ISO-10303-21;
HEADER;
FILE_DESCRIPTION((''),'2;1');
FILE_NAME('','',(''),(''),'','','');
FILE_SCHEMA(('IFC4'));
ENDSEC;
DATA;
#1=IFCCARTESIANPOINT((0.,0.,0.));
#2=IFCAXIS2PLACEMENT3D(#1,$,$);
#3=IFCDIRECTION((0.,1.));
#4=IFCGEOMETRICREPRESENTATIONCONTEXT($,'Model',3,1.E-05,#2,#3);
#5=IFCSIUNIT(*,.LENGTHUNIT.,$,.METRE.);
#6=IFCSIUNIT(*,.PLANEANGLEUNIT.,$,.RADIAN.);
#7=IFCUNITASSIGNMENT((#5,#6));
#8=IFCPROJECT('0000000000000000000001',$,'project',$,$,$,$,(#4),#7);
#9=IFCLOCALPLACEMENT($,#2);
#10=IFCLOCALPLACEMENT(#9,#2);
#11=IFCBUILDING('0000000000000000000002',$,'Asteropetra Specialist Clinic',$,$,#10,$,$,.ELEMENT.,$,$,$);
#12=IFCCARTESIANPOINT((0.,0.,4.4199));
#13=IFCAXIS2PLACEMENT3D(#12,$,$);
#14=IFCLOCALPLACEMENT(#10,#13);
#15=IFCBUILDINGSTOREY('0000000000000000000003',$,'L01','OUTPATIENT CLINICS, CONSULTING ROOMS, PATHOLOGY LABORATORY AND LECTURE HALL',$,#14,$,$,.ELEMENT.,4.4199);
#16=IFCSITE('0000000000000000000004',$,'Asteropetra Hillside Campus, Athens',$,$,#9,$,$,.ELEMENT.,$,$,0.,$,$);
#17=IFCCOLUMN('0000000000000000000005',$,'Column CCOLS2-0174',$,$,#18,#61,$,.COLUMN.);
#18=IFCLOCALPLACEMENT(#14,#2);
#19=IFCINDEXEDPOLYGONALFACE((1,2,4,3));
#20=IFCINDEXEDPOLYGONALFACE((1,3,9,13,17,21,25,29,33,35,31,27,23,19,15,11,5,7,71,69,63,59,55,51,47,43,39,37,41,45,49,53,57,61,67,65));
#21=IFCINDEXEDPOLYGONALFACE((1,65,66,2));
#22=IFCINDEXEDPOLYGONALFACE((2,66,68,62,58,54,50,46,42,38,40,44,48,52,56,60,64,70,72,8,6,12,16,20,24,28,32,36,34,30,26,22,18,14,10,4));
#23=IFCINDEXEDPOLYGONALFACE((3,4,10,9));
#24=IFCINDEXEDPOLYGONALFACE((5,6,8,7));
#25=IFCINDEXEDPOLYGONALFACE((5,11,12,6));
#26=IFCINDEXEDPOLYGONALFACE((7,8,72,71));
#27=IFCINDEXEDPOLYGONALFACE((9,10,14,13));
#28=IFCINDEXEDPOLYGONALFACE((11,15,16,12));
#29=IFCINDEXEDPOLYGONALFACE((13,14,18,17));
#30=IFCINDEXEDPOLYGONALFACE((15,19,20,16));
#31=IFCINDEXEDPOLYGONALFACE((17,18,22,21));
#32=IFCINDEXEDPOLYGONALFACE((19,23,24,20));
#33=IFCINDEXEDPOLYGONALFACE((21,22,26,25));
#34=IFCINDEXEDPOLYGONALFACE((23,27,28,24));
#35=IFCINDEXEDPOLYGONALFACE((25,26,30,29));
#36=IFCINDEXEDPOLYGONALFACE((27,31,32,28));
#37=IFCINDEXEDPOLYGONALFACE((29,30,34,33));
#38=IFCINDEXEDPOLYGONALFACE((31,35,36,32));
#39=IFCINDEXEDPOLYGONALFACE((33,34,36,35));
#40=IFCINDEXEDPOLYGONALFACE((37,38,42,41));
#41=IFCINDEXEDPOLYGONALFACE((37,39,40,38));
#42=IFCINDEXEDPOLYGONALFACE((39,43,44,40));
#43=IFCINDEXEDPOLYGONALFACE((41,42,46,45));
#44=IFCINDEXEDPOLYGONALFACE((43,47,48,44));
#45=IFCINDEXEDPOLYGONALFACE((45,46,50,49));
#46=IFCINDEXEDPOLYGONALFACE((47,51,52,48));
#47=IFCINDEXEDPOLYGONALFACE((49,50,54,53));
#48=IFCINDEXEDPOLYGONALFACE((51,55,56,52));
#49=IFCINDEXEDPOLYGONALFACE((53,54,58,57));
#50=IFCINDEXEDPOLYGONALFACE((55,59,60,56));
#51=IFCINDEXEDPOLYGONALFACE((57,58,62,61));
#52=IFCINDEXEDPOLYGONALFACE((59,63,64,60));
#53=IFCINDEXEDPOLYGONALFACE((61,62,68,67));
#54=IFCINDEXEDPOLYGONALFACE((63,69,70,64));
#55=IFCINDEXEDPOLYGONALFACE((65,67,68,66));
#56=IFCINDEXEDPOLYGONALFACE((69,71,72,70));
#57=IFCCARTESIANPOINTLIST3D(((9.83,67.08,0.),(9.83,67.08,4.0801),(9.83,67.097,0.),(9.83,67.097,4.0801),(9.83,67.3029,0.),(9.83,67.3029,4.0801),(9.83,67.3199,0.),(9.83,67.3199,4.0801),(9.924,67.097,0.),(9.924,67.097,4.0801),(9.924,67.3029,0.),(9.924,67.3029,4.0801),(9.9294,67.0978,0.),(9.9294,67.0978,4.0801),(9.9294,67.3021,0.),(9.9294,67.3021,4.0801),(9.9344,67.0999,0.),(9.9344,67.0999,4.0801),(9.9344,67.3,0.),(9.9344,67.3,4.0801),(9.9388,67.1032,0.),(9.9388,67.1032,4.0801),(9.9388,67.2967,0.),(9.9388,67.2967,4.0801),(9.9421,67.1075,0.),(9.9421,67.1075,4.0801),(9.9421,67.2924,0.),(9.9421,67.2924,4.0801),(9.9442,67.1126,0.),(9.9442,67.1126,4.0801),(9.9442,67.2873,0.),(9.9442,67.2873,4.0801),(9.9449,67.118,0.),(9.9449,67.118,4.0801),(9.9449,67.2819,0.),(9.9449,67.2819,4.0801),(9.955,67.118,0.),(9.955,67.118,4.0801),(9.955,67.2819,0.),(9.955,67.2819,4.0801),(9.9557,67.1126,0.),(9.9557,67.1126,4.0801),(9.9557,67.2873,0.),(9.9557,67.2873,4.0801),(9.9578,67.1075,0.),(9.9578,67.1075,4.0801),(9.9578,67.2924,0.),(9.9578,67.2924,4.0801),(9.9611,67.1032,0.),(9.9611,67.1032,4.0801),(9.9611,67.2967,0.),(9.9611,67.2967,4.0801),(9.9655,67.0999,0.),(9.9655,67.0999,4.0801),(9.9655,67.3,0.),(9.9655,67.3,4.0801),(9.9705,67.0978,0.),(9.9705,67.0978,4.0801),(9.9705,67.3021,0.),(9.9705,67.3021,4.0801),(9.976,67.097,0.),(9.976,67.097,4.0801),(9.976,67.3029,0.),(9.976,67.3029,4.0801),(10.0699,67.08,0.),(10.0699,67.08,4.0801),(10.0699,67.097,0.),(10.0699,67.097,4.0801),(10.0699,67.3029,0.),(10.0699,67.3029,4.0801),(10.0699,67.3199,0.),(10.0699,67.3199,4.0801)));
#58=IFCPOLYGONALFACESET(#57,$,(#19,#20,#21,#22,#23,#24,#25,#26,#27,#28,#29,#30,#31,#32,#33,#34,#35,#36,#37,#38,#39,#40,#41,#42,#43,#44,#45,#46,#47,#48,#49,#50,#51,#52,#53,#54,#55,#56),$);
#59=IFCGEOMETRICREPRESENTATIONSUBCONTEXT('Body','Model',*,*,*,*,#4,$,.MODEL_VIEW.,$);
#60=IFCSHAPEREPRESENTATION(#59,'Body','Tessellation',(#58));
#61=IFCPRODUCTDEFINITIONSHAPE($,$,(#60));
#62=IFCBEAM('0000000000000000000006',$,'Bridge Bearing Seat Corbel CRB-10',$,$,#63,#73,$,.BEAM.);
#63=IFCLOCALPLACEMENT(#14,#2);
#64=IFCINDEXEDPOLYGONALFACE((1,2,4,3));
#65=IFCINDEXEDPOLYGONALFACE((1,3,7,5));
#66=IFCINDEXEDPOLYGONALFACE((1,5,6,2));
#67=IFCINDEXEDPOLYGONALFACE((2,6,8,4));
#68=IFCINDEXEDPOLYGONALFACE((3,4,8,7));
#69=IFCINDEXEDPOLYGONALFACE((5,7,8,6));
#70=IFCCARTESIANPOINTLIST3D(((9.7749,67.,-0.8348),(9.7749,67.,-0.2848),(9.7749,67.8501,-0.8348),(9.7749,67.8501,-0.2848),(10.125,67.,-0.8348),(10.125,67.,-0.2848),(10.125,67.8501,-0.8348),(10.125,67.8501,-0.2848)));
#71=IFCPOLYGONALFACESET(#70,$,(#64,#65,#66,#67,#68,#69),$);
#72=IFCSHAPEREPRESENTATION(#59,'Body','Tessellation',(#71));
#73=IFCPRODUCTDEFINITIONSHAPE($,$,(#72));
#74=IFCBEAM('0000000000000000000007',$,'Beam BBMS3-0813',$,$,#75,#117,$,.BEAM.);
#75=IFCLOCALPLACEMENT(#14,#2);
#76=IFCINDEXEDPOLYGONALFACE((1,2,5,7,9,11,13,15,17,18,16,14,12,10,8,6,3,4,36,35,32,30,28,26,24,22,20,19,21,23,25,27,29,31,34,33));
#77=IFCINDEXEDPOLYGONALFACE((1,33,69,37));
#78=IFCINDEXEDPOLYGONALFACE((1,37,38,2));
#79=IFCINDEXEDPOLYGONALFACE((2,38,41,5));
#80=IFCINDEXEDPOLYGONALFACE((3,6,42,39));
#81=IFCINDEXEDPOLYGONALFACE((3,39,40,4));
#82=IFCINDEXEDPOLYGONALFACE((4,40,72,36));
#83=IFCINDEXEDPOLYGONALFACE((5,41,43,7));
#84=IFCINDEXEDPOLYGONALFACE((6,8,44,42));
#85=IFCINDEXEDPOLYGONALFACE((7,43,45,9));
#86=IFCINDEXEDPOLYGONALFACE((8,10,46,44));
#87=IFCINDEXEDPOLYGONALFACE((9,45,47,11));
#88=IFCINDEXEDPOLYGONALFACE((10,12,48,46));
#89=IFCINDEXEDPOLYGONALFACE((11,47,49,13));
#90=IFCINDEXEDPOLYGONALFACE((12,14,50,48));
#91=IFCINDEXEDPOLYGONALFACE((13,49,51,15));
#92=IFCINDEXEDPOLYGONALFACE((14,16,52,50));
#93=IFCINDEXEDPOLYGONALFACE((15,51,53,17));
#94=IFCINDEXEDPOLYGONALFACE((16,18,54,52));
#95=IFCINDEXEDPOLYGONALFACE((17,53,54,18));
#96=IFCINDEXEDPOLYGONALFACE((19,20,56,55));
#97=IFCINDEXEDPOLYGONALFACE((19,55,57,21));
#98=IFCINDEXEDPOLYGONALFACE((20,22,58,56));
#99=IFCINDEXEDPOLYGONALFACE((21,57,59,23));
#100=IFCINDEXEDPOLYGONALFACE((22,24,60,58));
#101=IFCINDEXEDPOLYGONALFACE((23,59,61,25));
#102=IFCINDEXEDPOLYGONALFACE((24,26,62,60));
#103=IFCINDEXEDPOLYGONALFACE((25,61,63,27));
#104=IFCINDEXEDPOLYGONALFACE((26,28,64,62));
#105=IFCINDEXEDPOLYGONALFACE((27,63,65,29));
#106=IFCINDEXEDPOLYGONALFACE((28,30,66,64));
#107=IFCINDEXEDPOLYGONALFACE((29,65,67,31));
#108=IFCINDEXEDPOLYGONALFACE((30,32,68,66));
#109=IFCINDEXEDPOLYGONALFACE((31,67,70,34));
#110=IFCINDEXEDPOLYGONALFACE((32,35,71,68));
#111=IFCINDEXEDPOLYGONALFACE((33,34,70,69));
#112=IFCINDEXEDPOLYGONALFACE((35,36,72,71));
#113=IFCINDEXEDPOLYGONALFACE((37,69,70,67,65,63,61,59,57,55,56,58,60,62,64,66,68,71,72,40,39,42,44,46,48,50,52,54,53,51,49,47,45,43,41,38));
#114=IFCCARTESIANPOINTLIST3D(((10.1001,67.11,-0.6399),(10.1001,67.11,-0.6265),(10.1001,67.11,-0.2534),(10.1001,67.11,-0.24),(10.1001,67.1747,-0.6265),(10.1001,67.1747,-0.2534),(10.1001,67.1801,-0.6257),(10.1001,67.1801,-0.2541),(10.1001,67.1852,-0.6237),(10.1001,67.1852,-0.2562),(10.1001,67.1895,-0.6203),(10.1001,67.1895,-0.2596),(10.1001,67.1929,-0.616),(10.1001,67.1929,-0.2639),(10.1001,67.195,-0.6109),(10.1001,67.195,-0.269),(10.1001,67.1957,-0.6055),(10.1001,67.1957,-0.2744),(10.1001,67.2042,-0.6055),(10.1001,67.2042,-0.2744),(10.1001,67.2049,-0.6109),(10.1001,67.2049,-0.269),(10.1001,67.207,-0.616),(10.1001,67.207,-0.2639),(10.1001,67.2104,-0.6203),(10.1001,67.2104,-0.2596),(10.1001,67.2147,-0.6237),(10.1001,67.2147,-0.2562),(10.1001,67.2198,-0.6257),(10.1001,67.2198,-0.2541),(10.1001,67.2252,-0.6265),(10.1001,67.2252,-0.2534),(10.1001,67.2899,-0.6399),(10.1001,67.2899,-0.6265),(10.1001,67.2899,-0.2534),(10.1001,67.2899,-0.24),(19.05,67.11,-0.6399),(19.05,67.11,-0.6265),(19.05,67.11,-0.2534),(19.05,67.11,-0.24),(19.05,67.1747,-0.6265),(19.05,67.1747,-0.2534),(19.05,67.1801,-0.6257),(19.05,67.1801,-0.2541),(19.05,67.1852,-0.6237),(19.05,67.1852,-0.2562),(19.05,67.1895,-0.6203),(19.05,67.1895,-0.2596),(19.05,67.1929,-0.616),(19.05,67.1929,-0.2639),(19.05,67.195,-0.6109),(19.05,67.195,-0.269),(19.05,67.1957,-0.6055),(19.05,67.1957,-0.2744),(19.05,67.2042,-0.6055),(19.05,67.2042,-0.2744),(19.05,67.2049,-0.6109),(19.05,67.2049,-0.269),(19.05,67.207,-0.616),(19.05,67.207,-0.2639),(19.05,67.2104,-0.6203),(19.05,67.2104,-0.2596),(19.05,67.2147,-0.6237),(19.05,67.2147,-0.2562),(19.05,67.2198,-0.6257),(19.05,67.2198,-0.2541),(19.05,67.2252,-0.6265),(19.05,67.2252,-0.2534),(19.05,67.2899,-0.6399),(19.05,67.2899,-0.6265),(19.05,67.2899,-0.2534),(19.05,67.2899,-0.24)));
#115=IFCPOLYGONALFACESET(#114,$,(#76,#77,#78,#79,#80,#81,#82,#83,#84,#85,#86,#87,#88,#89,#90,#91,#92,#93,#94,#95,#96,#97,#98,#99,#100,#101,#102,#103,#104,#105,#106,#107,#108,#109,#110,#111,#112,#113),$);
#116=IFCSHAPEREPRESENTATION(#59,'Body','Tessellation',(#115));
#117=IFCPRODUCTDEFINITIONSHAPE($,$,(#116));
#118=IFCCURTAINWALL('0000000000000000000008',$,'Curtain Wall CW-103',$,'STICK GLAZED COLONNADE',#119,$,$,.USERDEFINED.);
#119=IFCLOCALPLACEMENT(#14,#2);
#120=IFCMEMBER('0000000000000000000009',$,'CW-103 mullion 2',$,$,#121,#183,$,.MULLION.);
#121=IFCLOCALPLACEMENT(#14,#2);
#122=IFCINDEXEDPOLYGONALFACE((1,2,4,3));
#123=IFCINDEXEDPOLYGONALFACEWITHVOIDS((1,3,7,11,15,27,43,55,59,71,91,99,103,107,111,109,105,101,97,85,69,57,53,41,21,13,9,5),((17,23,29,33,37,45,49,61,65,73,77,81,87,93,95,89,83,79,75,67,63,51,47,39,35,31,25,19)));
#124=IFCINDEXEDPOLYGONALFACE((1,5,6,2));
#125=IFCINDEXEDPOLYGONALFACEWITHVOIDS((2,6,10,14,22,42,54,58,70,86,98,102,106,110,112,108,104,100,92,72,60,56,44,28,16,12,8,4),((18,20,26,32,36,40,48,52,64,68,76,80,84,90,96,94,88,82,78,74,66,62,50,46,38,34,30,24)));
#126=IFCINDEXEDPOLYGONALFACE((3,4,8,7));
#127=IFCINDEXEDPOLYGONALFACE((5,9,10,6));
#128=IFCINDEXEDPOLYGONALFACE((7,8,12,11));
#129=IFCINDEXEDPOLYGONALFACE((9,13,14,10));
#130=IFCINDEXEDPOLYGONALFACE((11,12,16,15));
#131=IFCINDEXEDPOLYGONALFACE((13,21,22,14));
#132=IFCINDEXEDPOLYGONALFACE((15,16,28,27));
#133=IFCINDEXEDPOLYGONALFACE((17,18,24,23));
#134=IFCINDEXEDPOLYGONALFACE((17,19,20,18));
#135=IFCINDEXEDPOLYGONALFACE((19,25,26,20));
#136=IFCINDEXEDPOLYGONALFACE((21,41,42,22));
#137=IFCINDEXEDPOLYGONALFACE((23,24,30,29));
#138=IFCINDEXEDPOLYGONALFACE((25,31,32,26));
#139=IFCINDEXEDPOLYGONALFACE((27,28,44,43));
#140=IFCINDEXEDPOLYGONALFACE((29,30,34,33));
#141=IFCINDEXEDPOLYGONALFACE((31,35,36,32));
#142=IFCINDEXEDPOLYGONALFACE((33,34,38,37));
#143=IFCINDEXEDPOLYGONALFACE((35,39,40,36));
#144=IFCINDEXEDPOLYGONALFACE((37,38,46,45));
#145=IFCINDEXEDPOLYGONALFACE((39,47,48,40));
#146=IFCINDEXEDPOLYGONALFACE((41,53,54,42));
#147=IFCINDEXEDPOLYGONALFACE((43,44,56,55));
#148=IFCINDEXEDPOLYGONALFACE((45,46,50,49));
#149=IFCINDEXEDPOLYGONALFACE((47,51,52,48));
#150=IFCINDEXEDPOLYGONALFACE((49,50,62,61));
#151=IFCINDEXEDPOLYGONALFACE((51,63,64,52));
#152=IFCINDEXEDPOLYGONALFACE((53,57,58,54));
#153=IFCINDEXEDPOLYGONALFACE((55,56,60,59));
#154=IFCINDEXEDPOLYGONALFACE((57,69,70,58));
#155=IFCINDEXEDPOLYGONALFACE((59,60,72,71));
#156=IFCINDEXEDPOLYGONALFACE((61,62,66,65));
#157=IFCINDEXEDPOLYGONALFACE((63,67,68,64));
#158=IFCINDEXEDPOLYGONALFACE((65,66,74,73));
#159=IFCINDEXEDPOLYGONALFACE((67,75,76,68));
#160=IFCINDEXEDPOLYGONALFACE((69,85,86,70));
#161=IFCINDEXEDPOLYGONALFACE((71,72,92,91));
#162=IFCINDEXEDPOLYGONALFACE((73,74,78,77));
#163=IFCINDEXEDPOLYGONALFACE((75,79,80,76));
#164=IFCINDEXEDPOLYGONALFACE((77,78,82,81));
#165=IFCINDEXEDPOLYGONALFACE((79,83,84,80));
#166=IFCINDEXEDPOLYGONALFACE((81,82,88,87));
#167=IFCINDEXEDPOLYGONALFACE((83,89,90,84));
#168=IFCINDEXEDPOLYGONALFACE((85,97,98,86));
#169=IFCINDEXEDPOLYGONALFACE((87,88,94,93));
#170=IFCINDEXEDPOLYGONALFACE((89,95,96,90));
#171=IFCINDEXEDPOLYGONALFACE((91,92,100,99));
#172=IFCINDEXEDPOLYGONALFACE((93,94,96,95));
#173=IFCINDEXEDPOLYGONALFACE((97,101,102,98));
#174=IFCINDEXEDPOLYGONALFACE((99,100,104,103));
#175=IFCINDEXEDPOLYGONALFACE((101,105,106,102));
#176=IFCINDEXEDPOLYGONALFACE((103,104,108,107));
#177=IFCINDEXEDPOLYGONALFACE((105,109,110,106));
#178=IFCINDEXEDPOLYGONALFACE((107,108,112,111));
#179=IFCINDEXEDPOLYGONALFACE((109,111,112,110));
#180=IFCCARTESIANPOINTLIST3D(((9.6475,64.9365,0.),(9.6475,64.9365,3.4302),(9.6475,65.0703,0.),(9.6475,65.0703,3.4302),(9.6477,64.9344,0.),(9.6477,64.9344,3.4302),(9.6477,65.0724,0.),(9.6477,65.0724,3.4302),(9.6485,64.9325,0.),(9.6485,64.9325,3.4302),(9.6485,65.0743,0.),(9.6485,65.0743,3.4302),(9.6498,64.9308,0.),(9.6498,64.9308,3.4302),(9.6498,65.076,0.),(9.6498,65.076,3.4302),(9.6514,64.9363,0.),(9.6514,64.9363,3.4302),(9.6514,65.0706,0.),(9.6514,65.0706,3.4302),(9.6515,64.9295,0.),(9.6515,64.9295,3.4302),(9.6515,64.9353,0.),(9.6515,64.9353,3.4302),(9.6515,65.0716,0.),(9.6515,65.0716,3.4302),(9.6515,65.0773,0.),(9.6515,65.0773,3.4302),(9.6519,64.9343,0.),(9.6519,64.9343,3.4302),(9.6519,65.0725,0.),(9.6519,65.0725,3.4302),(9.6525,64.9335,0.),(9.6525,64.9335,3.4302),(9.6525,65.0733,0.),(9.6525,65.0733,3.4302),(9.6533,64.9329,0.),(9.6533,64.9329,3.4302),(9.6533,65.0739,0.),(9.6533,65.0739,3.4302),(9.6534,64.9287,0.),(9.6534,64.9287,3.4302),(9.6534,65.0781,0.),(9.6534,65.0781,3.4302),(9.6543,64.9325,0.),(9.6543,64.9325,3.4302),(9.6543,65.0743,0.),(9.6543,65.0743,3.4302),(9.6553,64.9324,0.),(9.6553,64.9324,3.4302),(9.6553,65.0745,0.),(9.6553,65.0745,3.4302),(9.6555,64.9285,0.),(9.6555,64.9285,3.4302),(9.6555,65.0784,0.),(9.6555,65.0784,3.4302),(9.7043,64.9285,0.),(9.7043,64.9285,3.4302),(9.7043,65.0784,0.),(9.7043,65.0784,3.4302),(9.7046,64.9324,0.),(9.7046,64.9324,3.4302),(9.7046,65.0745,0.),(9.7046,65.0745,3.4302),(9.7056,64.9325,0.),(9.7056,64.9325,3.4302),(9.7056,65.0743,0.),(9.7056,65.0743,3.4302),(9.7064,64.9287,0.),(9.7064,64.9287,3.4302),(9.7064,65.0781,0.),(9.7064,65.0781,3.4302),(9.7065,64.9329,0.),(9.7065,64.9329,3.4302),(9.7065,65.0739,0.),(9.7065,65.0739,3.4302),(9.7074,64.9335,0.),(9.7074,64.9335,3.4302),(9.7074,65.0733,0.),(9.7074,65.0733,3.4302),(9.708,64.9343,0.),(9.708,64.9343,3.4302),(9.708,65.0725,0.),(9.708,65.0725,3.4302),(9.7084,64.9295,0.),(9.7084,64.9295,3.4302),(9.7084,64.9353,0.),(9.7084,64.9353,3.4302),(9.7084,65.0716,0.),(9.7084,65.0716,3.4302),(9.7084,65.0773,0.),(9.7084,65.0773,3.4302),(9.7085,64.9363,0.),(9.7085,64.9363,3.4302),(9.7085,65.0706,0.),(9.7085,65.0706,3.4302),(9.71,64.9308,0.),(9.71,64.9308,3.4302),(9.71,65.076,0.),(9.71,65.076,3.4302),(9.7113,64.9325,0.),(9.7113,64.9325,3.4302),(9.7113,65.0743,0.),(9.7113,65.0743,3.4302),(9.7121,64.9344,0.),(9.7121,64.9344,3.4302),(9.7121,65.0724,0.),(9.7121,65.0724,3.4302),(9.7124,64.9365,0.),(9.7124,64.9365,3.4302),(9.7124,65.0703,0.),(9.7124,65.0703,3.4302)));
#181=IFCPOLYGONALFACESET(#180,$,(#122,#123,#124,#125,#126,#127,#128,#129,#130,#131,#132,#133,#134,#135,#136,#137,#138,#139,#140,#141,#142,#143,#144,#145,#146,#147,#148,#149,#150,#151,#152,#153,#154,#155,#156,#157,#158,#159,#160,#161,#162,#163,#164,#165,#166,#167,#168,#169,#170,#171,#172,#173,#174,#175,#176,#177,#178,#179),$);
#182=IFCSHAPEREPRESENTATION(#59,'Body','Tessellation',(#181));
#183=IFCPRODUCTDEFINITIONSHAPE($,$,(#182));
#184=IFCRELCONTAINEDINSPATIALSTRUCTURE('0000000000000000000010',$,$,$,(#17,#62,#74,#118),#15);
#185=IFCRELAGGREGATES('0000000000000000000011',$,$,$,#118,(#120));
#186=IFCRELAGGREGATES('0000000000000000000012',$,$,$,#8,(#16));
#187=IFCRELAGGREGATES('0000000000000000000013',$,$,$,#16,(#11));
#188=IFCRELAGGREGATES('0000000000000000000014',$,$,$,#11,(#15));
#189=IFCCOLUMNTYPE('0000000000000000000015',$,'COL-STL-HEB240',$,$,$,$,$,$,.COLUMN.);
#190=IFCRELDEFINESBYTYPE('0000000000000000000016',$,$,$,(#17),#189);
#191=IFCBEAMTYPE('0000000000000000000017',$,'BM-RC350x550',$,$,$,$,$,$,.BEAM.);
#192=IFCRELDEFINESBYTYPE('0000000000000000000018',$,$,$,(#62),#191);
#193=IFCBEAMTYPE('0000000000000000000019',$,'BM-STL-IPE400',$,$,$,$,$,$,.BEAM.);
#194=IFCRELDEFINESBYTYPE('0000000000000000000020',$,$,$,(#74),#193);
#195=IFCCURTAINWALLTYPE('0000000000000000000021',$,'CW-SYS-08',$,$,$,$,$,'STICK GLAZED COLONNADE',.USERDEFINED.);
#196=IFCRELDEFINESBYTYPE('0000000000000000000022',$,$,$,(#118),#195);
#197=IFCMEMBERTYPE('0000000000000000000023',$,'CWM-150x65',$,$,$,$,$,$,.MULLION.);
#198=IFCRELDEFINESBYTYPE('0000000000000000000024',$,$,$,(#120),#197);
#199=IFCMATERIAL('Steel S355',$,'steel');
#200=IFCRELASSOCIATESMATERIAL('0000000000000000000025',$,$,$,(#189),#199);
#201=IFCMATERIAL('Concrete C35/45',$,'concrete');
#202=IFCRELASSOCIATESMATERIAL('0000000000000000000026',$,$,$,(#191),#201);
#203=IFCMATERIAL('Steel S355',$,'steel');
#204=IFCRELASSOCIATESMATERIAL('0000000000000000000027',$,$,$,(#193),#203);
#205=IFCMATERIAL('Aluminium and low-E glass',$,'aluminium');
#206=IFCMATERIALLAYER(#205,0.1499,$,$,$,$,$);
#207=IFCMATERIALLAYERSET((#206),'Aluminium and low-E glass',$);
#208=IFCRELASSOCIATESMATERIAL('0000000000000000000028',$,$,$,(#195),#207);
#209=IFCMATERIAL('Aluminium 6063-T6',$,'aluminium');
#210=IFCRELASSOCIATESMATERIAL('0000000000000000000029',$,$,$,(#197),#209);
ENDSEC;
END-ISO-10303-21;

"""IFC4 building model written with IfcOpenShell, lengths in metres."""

from ifc_helpers import new_model, si_unit, direction, frame, origin, origin_2d, place, context, subcontext, project, spatial, rectangle, hollow_rectangle, i_section, extrude, material, layer, layer_set, material_profile, profile_set, type_object, element, aggregate, save


model = new_model("IFC4")

# Units and contexts
model_context = context("Model", 3, precision=1e-05, world=origin(), true_north=direction((0.0, 1.0)))
body_context = subcontext(model_context, "Body", "Model", "MODEL_VIEW")
ifc_project = project(units=[si_unit("LENGTHUNIT", "METRE"), si_unit("PLANEANGLEUNIT", "RADIAN")], contexts=[model_context])

# Site, building, storey
site_placement = place(None, origin())
site = spatial("IfcSite", under=ifc_project, at=site_placement, Name="Asteropetra Hillside Campus, Athens", CompositionType="ELEMENT", RefElevation=0.0)
building_placement = place(site_placement, origin())
building = spatial("IfcBuilding", under=site, at=building_placement, Name="Asteropetra Specialist Clinic", CompositionType="ELEMENT")
storey_placement = place(building_placement, frame((0.0, 0.0, 4.4199)))
storey = spatial("IfcBuildingStorey", under=building, at=storey_placement, Name="L01", Description="OUTPATIENT CLINICS, CONSULTING ROOMS, PATHOLOGY LABORATORY AND LECTURE HALL", CompositionType="ELEMENT", Elevation=4.4199)

# Column
ifc_material_1 = material(Name="Steel S355", Category="steel")
ifc_material_profile_1 = material_profile(ifc_material_1, i_section(OverallWidth=0.24, OverallDepth=0.24, WebThickness=0.01, FlangeThickness=0.0171, FilletRadius=0.021, at=origin_2d()), Name="HEB 240")
ifc_profile_set_1 = profile_set([ifc_material_profile_1], Name="Steel S355")
column_type = type_object("IfcColumnType", Name="COL-STL-HEB240", PredefinedType="COLUMN", material=ifc_profile_set_1)
column_placement = place(storey_placement, frame((9.95, 67.2, 0.0), z_axis=(0.0, 0.0, 1.0), x_axis=(1.0, 0.0, 0.0)))
element("IfcColumn", 1, at=column_placement, inside=storey, type_object=column_type, Name="Column CCOLS2-0174", PredefinedType="COLUMN", context=body_context, shape_type="SweptSolid", body=[
    extrude(i_section(OverallWidth=0.24, OverallDepth=0.24, WebThickness=0.01, FlangeThickness=0.0171, FilletRadius=0.021, at=origin_2d()), origin(), (0.0, 0.0, 1.0), 4.0801),
])

# Beams
ifc_material_2 = material(Name="Concrete C35/45", Category="concrete")
ifc_material_profile_2 = material_profile(ifc_material_2, rectangle(XDim=0.3501, YDim=0.55, at=origin_2d()), Name="RCB 350x550")
ifc_profile_set_2 = profile_set([ifc_material_profile_2], Name="Concrete C35/45")
beam_type_1 = type_object("IfcBeamType", Name="BM-RC350x550", PredefinedType="BEAM", material=ifc_profile_set_2)
beam_1_placement = place(storey_placement, frame((9.95, 67.0, -0.5598), z_axis=(0.0, 1.0, 0.0), x_axis=(-1.0, 0.0, 0.0)))
element("IfcBeam", 2, at=beam_1_placement, inside=storey, type_object=beam_type_1, Name="Bridge Bearing Seat Corbel CRB-10", PredefinedType="BEAM", context=body_context, shape_type="SweptSolid", body=[
    extrude(rectangle(XDim=0.3501, YDim=0.55, at=origin_2d()), origin(), (0.0, 0.0, 1.0), 0.8501),
])
ifc_material_3 = material(Name="Steel S355", Category="steel")
ifc_material_profile_3 = material_profile(ifc_material_3, i_section(OverallWidth=0.1799, OverallDepth=0.3999, WebThickness=0.0085, FlangeThickness=0.0134, FilletRadius=0.021, at=origin_2d()), Name="IPE 400")
ifc_profile_set_3 = profile_set([ifc_material_profile_3], Name="Steel S355")
beam_type_2 = type_object("IfcBeamType", Name="BM-STL-IPE400", PredefinedType="BEAM", material=ifc_profile_set_3)
beam_2_placement = place(storey_placement, frame((10.1001, 67.2, -0.4399), z_axis=(1.0, 0.0, 0.0), x_axis=(0.0, 1.0, 0.0)))
element("IfcBeam", 3, at=beam_2_placement, inside=storey, type_object=beam_type_2, Name="Beam BBMS3-0813", PredefinedType="BEAM", context=body_context, shape_type="SweptSolid", body=[
    extrude(i_section(OverallWidth=0.1799, OverallDepth=0.3999, WebThickness=0.0085, FlangeThickness=0.0134, FilletRadius=0.021, at=origin_2d()), origin(), (0.0, 0.0, 1.0), 8.95),
])

# Curtain wall, member
ifc_material_4 = material(Name="Aluminium and low-E glass", Category="aluminium")
ifc_layer_1 = layer(ifc_material_4, 0.1499)
ifc_layer_set_1 = layer_set([ifc_layer_1], Name="Aluminium and low-E glass")
curtain_wall_type = type_object("IfcCurtainWallType", Name="CW-SYS-08", ElementType="STICK GLAZED COLONNADE", PredefinedType="USERDEFINED", material=ifc_layer_set_1)
curtain_wall_placement = place(storey_placement, origin())
curtain_wall = element("IfcCurtainWall", 4, at=curtain_wall_placement, inside=storey, type_object=curtain_wall_type, Name="Curtain Wall CW-103", ObjectType="STICK GLAZED COLONNADE", PredefinedType="USERDEFINED")
ifc_material_5 = material(Name="Aluminium 6063-T6", Category="aluminium")
ifc_material_profile_4 = material_profile(ifc_material_5, hollow_rectangle(XDim=0.0649, YDim=0.1499, WallThickness=0.0039, InnerFilletRadius=0.0039, OuterFilletRadius=0.0081, at=origin_2d()), Name="MUL 150x65x4.0")
ifc_profile_set_4 = profile_set([ifc_material_profile_4], Name="Aluminium 6063-T6")
member_type_1 = type_object("IfcMemberType", Name="CWM-150x65", PredefinedType="MULLION", material=ifc_profile_set_4)
member_1_placement = place(storey_placement, frame((9.6799, 65.0034, 0.0), z_axis=(0.0, 0.0, 1.0), x_axis=(-1.0, 0.0, 0.0)))
member_1 = element("IfcMember", 5, at=member_1_placement, type_object=member_type_1, Name="CW-103 mullion 2", PredefinedType="MULLION", context=body_context, shape_type="SweptSolid", body=[
    extrude(hollow_rectangle(XDim=0.0649, YDim=0.1499, WallThickness=0.0039, InnerFilletRadius=0.0039, OuterFilletRadius=0.0081, at=origin_2d()), origin(), (0.0, 0.0, 1.0), 3.4302),
])
aggregate(curtain_wall, [member_1])

save(model, "model.ifc")
